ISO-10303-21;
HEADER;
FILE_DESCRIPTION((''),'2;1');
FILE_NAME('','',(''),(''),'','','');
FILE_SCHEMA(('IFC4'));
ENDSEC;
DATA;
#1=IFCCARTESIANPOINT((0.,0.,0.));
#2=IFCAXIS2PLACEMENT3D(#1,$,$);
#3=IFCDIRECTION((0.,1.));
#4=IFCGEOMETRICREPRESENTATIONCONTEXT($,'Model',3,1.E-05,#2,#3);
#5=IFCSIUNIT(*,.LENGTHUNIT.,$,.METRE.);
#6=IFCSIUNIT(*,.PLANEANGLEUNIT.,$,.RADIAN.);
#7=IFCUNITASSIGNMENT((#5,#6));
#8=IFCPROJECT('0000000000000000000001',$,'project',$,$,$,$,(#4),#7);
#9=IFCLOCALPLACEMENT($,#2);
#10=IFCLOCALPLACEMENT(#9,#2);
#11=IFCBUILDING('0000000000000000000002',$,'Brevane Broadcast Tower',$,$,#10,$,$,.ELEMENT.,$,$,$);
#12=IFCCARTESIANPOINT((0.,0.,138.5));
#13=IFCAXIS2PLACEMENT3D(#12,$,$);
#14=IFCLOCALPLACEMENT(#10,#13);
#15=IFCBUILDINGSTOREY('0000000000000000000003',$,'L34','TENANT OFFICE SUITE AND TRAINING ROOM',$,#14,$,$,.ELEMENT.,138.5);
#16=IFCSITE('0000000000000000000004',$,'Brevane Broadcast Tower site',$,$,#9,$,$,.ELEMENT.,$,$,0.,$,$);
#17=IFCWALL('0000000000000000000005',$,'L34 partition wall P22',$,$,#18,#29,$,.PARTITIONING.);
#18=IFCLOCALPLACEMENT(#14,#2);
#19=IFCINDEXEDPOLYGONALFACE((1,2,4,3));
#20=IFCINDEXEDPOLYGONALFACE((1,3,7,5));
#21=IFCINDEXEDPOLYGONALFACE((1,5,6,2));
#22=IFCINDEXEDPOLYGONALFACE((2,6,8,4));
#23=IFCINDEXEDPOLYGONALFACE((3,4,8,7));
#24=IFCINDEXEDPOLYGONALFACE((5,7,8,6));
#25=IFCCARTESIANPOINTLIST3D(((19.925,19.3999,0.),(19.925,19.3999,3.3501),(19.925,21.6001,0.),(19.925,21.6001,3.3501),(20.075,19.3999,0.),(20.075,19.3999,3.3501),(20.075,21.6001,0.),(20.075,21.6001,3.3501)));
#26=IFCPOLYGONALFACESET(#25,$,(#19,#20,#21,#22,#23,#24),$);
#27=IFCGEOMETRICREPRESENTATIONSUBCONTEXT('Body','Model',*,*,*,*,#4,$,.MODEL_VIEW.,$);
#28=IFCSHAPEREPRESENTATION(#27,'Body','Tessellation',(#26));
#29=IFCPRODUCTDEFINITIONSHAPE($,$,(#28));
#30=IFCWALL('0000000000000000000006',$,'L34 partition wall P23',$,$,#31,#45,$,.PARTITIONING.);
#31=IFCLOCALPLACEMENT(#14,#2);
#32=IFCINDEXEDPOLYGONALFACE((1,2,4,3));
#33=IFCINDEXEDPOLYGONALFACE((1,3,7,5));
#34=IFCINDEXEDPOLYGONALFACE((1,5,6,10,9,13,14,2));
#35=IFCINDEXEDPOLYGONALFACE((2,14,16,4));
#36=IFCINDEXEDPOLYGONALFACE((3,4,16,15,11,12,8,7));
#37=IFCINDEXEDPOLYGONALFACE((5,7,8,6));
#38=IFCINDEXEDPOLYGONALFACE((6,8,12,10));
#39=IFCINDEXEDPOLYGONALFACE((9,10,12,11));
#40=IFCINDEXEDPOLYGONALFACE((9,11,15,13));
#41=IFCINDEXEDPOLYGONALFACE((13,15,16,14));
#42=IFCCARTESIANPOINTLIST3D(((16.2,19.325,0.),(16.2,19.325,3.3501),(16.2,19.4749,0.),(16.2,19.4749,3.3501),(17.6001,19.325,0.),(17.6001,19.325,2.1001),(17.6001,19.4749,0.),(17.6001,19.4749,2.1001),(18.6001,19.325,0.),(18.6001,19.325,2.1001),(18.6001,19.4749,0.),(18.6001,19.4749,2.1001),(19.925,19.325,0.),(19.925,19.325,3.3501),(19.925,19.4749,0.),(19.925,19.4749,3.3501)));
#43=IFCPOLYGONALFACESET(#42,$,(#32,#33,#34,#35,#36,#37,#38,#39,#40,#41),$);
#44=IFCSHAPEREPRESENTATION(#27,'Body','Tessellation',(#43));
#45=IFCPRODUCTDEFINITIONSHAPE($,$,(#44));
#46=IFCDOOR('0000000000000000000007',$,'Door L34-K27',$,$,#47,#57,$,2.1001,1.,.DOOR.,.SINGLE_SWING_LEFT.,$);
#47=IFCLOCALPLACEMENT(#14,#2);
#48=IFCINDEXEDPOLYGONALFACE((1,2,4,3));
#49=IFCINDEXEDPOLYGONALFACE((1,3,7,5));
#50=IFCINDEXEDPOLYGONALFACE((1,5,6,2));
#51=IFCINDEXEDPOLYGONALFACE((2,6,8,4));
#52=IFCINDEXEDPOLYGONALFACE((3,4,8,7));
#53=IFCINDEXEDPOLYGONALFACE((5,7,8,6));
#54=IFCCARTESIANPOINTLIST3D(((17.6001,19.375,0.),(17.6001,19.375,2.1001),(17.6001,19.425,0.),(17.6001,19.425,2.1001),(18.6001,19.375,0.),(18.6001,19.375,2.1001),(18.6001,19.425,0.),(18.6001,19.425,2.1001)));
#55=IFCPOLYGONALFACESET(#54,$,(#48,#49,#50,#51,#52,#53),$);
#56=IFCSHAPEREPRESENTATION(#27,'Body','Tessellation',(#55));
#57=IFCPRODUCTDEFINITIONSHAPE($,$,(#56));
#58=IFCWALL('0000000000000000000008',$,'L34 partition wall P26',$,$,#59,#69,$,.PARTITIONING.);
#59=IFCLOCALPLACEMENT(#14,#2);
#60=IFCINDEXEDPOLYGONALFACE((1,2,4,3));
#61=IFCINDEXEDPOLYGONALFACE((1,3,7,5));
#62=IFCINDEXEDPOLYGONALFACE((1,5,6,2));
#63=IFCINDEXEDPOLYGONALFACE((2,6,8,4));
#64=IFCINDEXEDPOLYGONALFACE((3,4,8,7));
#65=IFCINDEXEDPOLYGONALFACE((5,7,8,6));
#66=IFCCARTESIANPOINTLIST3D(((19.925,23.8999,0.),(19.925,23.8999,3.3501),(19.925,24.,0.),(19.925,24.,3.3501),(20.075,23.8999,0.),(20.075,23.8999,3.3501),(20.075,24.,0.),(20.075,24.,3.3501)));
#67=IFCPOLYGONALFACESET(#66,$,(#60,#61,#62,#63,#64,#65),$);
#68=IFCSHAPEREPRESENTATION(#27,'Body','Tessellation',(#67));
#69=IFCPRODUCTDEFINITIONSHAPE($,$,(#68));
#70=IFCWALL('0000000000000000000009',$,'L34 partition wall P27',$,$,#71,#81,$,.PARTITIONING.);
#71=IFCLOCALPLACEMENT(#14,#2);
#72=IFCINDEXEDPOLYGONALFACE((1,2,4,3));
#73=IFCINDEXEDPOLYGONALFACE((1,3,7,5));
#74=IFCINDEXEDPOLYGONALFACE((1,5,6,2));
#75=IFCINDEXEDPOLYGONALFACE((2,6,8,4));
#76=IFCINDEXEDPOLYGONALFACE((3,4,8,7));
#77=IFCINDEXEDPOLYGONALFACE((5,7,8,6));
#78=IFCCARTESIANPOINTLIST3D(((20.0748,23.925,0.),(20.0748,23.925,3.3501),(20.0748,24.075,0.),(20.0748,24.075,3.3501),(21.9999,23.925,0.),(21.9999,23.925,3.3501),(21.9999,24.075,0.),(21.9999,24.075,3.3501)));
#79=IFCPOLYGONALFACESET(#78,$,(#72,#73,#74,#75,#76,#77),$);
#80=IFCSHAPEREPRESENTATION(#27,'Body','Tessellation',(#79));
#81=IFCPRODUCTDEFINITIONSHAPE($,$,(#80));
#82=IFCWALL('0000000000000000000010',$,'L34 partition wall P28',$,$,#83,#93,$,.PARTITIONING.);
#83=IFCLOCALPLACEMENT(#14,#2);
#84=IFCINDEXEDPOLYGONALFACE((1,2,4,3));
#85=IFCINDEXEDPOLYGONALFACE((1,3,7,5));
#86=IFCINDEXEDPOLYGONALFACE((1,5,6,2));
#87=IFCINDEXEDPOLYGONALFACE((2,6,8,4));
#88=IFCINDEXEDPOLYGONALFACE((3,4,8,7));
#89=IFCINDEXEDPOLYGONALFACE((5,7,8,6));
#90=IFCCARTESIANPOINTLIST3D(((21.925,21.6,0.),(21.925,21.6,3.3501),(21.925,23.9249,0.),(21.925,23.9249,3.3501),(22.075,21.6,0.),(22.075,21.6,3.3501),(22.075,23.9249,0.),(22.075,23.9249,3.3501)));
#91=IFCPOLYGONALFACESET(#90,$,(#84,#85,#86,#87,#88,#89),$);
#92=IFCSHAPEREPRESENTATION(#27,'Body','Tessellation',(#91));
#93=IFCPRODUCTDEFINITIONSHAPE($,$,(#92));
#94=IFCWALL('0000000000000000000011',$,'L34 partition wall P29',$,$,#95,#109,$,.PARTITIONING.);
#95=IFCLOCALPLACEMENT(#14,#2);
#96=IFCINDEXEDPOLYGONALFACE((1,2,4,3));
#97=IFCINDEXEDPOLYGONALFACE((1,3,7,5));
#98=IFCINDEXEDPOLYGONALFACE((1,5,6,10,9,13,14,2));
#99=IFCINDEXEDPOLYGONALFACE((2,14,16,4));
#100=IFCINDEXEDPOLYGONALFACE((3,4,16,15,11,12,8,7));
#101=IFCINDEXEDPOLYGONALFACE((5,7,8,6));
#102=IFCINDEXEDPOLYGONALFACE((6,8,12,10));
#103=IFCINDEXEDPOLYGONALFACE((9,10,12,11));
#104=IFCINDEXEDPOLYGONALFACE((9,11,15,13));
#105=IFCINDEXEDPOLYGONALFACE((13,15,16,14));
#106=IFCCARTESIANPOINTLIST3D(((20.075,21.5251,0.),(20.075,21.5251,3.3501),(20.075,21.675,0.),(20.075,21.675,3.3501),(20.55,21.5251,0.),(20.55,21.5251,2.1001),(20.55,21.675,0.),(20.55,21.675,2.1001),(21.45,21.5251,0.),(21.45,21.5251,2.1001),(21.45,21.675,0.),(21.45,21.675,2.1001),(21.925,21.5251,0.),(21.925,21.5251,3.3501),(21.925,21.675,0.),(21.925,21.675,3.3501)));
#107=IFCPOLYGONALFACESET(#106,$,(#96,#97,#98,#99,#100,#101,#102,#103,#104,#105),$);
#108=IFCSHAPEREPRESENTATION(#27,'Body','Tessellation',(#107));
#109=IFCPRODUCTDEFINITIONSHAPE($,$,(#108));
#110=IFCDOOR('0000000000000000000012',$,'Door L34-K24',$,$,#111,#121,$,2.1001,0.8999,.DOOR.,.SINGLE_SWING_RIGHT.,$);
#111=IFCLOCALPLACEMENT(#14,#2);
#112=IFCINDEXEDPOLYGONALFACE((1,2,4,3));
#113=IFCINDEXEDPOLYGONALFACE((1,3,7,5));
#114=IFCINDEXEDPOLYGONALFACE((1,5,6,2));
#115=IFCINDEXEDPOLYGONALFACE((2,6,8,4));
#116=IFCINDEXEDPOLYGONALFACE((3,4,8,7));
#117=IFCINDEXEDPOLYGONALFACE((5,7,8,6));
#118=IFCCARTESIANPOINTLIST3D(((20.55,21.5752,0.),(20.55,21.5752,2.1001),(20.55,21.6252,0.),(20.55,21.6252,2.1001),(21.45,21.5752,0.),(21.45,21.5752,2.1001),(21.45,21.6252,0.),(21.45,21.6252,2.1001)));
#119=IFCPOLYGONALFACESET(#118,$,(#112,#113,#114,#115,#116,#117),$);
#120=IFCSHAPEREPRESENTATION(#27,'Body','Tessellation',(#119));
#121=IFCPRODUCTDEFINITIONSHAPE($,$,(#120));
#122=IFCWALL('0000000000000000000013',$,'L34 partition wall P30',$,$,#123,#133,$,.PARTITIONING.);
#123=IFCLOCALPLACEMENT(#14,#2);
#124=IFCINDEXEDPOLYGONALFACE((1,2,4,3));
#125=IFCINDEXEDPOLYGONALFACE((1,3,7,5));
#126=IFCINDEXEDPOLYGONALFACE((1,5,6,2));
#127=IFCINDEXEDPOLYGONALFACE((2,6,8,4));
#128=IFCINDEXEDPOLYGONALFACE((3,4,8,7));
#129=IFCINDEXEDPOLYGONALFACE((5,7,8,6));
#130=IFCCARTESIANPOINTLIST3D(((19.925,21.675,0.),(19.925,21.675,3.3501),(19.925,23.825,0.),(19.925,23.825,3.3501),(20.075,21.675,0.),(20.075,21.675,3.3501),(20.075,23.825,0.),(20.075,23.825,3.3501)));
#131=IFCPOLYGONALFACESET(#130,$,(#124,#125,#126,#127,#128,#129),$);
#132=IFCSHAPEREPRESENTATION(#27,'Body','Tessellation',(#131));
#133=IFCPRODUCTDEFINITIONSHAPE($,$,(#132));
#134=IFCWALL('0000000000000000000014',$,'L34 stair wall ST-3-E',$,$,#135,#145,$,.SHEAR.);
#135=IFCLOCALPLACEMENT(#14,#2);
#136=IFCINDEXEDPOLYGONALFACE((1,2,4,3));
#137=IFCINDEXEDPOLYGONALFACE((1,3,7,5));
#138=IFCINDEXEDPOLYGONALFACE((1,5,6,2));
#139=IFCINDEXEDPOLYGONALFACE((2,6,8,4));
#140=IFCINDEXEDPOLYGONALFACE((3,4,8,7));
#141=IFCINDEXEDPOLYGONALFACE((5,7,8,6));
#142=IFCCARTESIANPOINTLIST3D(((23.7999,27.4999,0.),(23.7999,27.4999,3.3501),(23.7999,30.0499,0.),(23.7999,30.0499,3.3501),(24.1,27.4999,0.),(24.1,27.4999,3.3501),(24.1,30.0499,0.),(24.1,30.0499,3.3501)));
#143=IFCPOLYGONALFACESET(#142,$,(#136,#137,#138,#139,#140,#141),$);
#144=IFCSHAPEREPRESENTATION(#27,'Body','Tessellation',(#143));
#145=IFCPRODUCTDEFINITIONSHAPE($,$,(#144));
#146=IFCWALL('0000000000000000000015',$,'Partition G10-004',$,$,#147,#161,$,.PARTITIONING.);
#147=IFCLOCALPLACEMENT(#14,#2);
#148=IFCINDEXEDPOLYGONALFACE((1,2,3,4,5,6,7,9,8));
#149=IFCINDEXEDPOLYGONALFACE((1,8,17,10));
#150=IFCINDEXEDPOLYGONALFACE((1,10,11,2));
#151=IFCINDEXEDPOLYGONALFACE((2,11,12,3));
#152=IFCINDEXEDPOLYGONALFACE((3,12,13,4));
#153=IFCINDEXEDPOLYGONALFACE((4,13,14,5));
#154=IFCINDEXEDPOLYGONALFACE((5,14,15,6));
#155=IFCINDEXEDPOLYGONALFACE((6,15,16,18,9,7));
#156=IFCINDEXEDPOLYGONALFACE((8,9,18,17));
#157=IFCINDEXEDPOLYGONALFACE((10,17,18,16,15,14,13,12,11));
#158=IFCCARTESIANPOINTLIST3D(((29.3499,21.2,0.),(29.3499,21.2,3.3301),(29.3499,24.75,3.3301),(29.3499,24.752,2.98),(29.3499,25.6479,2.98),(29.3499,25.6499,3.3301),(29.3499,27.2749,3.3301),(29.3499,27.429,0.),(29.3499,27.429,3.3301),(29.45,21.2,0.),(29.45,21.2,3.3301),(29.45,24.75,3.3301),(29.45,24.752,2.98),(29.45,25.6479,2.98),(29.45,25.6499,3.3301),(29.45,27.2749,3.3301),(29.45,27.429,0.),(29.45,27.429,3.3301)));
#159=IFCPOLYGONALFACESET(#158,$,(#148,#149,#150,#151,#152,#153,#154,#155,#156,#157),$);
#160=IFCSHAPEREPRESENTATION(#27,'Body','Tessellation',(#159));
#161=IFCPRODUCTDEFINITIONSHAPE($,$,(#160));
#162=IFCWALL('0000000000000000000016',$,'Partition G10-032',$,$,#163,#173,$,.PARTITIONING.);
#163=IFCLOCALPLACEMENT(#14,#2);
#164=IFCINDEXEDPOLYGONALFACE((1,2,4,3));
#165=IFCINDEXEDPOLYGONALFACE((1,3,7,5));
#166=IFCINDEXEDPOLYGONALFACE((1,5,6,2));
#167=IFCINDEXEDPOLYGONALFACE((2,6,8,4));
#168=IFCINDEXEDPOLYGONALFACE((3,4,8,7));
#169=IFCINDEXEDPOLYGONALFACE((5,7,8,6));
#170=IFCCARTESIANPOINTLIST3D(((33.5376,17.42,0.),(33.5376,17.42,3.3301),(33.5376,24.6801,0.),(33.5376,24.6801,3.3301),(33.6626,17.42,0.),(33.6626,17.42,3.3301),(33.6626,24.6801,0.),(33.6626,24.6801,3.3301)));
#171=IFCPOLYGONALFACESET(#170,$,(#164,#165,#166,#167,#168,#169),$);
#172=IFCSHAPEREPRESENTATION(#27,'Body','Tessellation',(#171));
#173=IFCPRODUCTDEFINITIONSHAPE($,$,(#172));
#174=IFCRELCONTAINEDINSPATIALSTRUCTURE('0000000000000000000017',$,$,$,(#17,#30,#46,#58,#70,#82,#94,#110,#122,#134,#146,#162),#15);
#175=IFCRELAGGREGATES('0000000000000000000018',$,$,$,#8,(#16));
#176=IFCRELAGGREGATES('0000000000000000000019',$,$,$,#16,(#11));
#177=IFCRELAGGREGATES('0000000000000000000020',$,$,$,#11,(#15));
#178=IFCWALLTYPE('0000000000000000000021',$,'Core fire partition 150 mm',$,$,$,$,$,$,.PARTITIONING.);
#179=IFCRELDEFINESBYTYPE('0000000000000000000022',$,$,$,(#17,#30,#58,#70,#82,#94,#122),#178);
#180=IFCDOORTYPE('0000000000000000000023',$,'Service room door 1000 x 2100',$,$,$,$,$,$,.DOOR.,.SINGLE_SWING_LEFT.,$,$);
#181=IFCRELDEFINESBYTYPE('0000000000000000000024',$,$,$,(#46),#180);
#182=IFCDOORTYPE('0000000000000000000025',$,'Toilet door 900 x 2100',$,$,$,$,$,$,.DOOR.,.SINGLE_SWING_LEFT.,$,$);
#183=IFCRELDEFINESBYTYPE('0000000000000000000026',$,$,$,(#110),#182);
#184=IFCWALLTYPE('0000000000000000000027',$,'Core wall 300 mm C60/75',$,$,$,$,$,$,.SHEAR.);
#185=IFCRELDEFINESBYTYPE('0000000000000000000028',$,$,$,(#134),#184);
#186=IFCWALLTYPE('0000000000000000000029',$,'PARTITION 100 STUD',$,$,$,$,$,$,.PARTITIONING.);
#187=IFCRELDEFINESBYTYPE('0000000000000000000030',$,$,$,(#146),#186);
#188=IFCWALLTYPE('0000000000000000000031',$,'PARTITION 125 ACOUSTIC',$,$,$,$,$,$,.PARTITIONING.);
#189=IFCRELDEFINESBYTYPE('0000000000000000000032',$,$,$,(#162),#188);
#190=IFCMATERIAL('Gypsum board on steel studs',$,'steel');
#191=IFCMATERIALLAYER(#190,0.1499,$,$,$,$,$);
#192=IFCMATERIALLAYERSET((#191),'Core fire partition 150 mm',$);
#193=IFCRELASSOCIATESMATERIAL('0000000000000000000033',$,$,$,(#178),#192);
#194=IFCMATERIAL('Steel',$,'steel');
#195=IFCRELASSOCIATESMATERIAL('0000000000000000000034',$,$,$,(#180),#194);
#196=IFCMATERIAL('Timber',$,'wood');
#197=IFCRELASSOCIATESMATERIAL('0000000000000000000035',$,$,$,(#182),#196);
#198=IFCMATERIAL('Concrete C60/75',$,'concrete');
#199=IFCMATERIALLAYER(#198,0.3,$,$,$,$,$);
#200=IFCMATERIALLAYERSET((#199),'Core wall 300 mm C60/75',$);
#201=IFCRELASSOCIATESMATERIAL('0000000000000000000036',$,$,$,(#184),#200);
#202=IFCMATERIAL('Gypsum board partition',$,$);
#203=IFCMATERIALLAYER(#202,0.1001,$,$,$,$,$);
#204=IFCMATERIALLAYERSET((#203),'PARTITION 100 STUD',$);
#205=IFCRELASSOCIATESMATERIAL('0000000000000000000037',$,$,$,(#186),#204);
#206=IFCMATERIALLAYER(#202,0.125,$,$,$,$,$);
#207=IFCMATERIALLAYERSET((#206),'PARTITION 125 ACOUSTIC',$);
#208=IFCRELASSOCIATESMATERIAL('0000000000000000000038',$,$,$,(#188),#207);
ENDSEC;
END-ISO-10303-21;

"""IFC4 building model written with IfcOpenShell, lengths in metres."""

from ifc_helpers import new_model, si_unit, direction, frame, frame_2d, origin, place, context, subcontext, project, spatial, polyline, rectangle, outline, extrude, material, layer, layer_set, type_object, element, fill, save


model = new_model("IFC4")

# Units and contexts
model_context = context("Model", 3, precision=1e-05, world=origin(), true_north=direction((0.0, 1.0)))
body_context = subcontext(model_context, "Body", "Model", "MODEL_VIEW")
ifc_project = project(units=[si_unit("LENGTHUNIT", "METRE"), si_unit("PLANEANGLEUNIT", "RADIAN")], contexts=[model_context])

# Site, building, storey
site_placement = place(None, origin())
site = spatial("IfcSite", under=ifc_project, at=site_placement, Name="Brevane Broadcast Tower site", CompositionType="ELEMENT", RefElevation=0.0)
building_placement = place(site_placement, origin())
building = spatial("IfcBuilding", under=site, at=building_placement, Name="Brevane Broadcast Tower", CompositionType="ELEMENT")
storey_placement = place(building_placement, frame((0.0, 0.0, 138.5)))
storey = spatial("IfcBuildingStorey", under=building, at=storey_placement, Name="L34", Description="TENANT OFFICE SUITE AND TRAINING ROOM", CompositionType="ELEMENT", Elevation=138.5)

# Shared definitions
ifc_material_1 = material(Name="Concrete C60/75", Category="concrete")

# Wall
ifc_material_2 = material(Name="Gypsum board on steel studs", Category="steel")
ifc_layer_1 = layer(ifc_material_2, 0.1499)
ifc_layer_set_1 = layer_set([ifc_layer_1], Name="Core fire partition 150 mm")
wall_type_1 = type_object("IfcWallType", Name="Core fire partition 150 mm", PredefinedType="PARTITIONING", material=ifc_layer_set_1)
wall_1_placement = place(storey_placement, frame((20.0, 21.6001, 0.0), z_axis=(0.0, 0.0, 1.0), x_axis=(0.0, -1.0, 0.0)))
element("IfcWall", 1, at=wall_1_placement, inside=storey, type_object=wall_type_1, Name="L34 partition wall P22", PredefinedType="PARTITIONING", context=body_context, shape_type="SweptSolid", body=[
    extrude(rectangle(XDim=2.2002, YDim=0.1499, at=frame_2d((1.1001, 0.0))), origin(), (0.0, 0.0, 1.0), 3.3501),
])

# Wall, opening, door
wall_2_placement = place(storey_placement, frame((19.925, 19.3999, 0.0), z_axis=(0.0, 0.0, 1.0), x_axis=(-1.0, 0.0, 0.0)))
wall_2 = element("IfcWall", 2, at=wall_2_placement, inside=storey, type_object=wall_type_1, Name="L34 partition wall P23", PredefinedType="PARTITIONING", context=body_context, shape_type="SweptSolid", body=[
    extrude(rectangle(XDim=3.7251, YDim=0.1499, at=frame_2d((1.8625, 0.0))), origin(), (0.0, 0.0, 1.0), 3.3501),
])
opening_1_placement = place(wall_2_placement, frame((1.325, 0.0, 0.0)))
opening_1 = element("IfcOpeningElement", 3, at=opening_1_placement, cuts=wall_2, PredefinedType="OPENING", context=body_context, shape_type="SweptSolid", body=[
    extrude(rectangle(XDim=1.0, YDim=2.1001, at=frame_2d((0.5, 1.05))), frame((0.0, 0.085, 0.0), z_axis=(0.0, -1.0, 0.0), x_axis=(1.0, 0.0, 0.0)), (0.0, 0.0, 1.0), 0.1699),
])
ifc_material_3 = material(Name="Steel", Category="steel")
door_type_1 = type_object("IfcDoorType", Name="Service room door 1000 x 2100", OperationType="SINGLE_SWING_LEFT", PredefinedType="DOOR", material=ifc_material_3)
door_1_placement = place(opening_1_placement, origin())
door_1 = element("IfcDoor", 4, at=door_1_placement, inside=storey, type_object=door_type_1, Name="Door L34-K27", OperationType="SINGLE_SWING_LEFT", OverallHeight=2.1001, OverallWidth=1.0, PredefinedType="DOOR", context=body_context, shape_type="SweptSolid", body=[
    extrude(rectangle(XDim=1.0, YDim=2.1001, at=frame_2d((0.5, 1.05))), frame((0.0, 0.0249, 0.0), z_axis=(0.0, -1.0, 0.0), x_axis=(1.0, 0.0, 0.0)), (0.0, 0.0, 1.0), 0.05),
])
fill(opening_1, door_1)

# Walls
wall_3_placement = place(storey_placement, frame((20.0, 23.8999, 0.0), z_axis=(0.0, 0.0, 1.0), x_axis=(0.0, 1.0, 0.0)))
element("IfcWall", 5, at=wall_3_placement, inside=storey, type_object=wall_type_1, Name="L34 partition wall P26", PredefinedType="PARTITIONING", context=body_context, shape_type="SweptSolid", body=[
    extrude(rectangle(XDim=0.1001, YDim=0.1499, at=frame_2d((0.05, 0.0))), origin(), (0.0, 0.0, 1.0), 3.3501),
])
wall_4_placement = place(storey_placement, frame((20.075, 24.0, 0.0), z_axis=(0.0, 0.0, 1.0), x_axis=(1.0, 0.0, 0.0)))
element("IfcWall", 6, at=wall_4_placement, inside=storey, type_object=wall_type_1, Name="L34 partition wall P27", PredefinedType="PARTITIONING", context=body_context, shape_type="SweptSolid", body=[
    extrude(rectangle(XDim=1.925, YDim=0.1499, at=frame_2d((0.9624, 0.0))), origin(), (0.0, 0.0, 1.0), 3.3501),
])
wall_5_placement = place(storey_placement, frame((22.0, 23.925, 0.0), z_axis=(0.0, 0.0, 1.0), x_axis=(0.0, -1.0, 0.0)))
element("IfcWall", 7, at=wall_5_placement, inside=storey, type_object=wall_type_1, Name="L34 partition wall P28", PredefinedType="PARTITIONING", context=body_context, shape_type="SweptSolid", body=[
    extrude(rectangle(XDim=2.325, YDim=0.1499, at=frame_2d((1.1626, 0.0))), origin(), (0.0, 0.0, 1.0), 3.3501),
])

# Wall, opening, door
wall_6_placement = place(storey_placement, frame((21.925, 21.6001, 0.0), z_axis=(0.0, 0.0, 1.0), x_axis=(-1.0, 0.0, 0.0)))
wall_6 = element("IfcWall", 8, at=wall_6_placement, inside=storey, type_object=wall_type_1, Name="L34 partition wall P29", PredefinedType="PARTITIONING", context=body_context, shape_type="SweptSolid", body=[
    extrude(rectangle(XDim=1.8501, YDim=0.1499, at=frame_2d((0.925, 0.0))), origin(), (0.0, 0.0, 1.0), 3.3501),
])
opening_2_placement = place(wall_6_placement, frame((0.4751, 0.0, 0.0)))
opening_2 = element("IfcOpeningElement", 9, at=opening_2_placement, cuts=wall_6, PredefinedType="OPENING", context=body_context, shape_type="SweptSolid", body=[
    extrude(rectangle(XDim=0.8999, YDim=2.1001, at=frame_2d((0.45, 1.05))), frame((0.0, 0.085, 0.0), z_axis=(0.0, -1.0, 0.0), x_axis=(1.0, 0.0, 0.0)), (0.0, 0.0, 1.0), 0.1699),
])
ifc_material_4 = material(Name="Timber", Category="wood")
door_type_2 = type_object("IfcDoorType", Name="Toilet door 900 x 2100", OperationType="SINGLE_SWING_LEFT", PredefinedType="DOOR", material=ifc_material_4)
door_2_placement = place(opening_2_placement, origin())
door_2 = element("IfcDoor", 10, at=door_2_placement, inside=storey, type_object=door_type_2, Name="Door L34-K24", OperationType="SINGLE_SWING_RIGHT", OverallHeight=2.1001, OverallWidth=0.8999, PredefinedType="DOOR", context=body_context, shape_type="SweptSolid", body=[
    extrude(rectangle(XDim=0.8999, YDim=2.1001, at=frame_2d((0.45, 1.05))), frame((0.0, 0.0249, 0.0), z_axis=(0.0, -1.0, 0.0), x_axis=(1.0, 0.0, 0.0)), (0.0, 0.0, 1.0), 0.05),
])
fill(opening_2, door_2)

# Walls
wall_7_placement = place(storey_placement, frame((20.0, 21.675, 0.0), z_axis=(0.0, 0.0, 1.0), x_axis=(0.0, 1.0, 0.0)))
element("IfcWall", 11, at=wall_7_placement, inside=storey, type_object=wall_type_1, Name="L34 partition wall P30", PredefinedType="PARTITIONING", context=body_context, shape_type="SweptSolid", body=[
    extrude(rectangle(XDim=2.1499, YDim=0.1499, at=frame_2d((1.075, 0.0))), origin(), (0.0, 0.0, 1.0), 3.3501),
])
ifc_layer_2 = layer(ifc_material_1, 0.3)
ifc_layer_set_2 = layer_set([ifc_layer_2], Name="Core wall 300 mm C60/75")
wall_type_2 = type_object("IfcWallType", Name="Core wall 300 mm C60/75", PredefinedType="SHEAR", material=ifc_layer_set_2)
wall_8_placement = place(storey_placement, frame((23.95, 27.5, 0.0), z_axis=(0.0, 0.0, 1.0), x_axis=(0.0, 1.0, 0.0)))
element("IfcWall", 12, at=wall_8_placement, inside=storey, type_object=wall_type_2, Name="L34 stair wall ST-3-E", PredefinedType="SHEAR", context=body_context, shape_type="SweptSolid", body=[
    extrude(rectangle(XDim=2.55, YDim=0.3, at=frame_2d((1.2749, 0.0))), origin(), (0.0, 0.0, 1.0), 3.3501),
])
ifc_material_5 = material(Name="Gypsum board partition")
ifc_layer_3 = layer(ifc_material_5, 0.1001)
ifc_layer_set_3 = layer_set([ifc_layer_3], Name="PARTITION 100 STUD")
wall_type_3 = type_object("IfcWallType", Name="PARTITION 100 STUD", PredefinedType="PARTITIONING", material=ifc_layer_set_3)
wall_9_placement = place(storey_placement, frame((29.3999, 27.429, 0.0), z_axis=(0.0, 0.0, 1.0), x_axis=(0.0, -1.0, 0.0)))
element("IfcWall", 13, at=wall_9_placement, inside=storey, type_object=wall_type_3, Name="Partition G10-004", PredefinedType="PARTITIONING", context=body_context, shape_type="SweptSolid", body=[
    extrude(outline(polyline([(0.0, 0.0), (6.229, 0.0), (6.229, 3.3301), (2.679, 3.3301), (2.677, 2.98), (1.781, 2.98), (1.7791, 3.3301), (0.1541, 3.3301), (0.0, 3.3301), (0.0, 0.0)])), frame((0.0, 0.05, 0.0), z_axis=(0.0, -1.0, 0.0), x_axis=(1.0, 0.0, 0.0)), (0.0, 0.0, 1.0), 0.1001),
])
ifc_layer_4 = layer(ifc_material_5, 0.125)
ifc_layer_set_4 = layer_set([ifc_layer_4], Name="PARTITION 125 ACOUSTIC")
wall_type_4 = type_object("IfcWallType", Name="PARTITION 125 ACOUSTIC", PredefinedType="PARTITIONING", material=ifc_layer_set_4)
wall_10_placement = place(storey_placement, frame((33.6001, 24.6799, 0.0), z_axis=(0.0, 0.0, 1.0), x_axis=(0.0, -1.0, 0.0)))
element("IfcWall", 14, at=wall_10_placement, inside=storey, type_object=wall_type_4, Name="Partition G10-032", PredefinedType="PARTITIONING", context=body_context, shape_type="SweptSolid", body=[
    extrude(rectangle(XDim=7.26, YDim=0.125, at=frame_2d((3.6299, 0.0))), origin(), (0.0, 0.0, 1.0), 3.3301),
])

save(model, "model.ifc")
